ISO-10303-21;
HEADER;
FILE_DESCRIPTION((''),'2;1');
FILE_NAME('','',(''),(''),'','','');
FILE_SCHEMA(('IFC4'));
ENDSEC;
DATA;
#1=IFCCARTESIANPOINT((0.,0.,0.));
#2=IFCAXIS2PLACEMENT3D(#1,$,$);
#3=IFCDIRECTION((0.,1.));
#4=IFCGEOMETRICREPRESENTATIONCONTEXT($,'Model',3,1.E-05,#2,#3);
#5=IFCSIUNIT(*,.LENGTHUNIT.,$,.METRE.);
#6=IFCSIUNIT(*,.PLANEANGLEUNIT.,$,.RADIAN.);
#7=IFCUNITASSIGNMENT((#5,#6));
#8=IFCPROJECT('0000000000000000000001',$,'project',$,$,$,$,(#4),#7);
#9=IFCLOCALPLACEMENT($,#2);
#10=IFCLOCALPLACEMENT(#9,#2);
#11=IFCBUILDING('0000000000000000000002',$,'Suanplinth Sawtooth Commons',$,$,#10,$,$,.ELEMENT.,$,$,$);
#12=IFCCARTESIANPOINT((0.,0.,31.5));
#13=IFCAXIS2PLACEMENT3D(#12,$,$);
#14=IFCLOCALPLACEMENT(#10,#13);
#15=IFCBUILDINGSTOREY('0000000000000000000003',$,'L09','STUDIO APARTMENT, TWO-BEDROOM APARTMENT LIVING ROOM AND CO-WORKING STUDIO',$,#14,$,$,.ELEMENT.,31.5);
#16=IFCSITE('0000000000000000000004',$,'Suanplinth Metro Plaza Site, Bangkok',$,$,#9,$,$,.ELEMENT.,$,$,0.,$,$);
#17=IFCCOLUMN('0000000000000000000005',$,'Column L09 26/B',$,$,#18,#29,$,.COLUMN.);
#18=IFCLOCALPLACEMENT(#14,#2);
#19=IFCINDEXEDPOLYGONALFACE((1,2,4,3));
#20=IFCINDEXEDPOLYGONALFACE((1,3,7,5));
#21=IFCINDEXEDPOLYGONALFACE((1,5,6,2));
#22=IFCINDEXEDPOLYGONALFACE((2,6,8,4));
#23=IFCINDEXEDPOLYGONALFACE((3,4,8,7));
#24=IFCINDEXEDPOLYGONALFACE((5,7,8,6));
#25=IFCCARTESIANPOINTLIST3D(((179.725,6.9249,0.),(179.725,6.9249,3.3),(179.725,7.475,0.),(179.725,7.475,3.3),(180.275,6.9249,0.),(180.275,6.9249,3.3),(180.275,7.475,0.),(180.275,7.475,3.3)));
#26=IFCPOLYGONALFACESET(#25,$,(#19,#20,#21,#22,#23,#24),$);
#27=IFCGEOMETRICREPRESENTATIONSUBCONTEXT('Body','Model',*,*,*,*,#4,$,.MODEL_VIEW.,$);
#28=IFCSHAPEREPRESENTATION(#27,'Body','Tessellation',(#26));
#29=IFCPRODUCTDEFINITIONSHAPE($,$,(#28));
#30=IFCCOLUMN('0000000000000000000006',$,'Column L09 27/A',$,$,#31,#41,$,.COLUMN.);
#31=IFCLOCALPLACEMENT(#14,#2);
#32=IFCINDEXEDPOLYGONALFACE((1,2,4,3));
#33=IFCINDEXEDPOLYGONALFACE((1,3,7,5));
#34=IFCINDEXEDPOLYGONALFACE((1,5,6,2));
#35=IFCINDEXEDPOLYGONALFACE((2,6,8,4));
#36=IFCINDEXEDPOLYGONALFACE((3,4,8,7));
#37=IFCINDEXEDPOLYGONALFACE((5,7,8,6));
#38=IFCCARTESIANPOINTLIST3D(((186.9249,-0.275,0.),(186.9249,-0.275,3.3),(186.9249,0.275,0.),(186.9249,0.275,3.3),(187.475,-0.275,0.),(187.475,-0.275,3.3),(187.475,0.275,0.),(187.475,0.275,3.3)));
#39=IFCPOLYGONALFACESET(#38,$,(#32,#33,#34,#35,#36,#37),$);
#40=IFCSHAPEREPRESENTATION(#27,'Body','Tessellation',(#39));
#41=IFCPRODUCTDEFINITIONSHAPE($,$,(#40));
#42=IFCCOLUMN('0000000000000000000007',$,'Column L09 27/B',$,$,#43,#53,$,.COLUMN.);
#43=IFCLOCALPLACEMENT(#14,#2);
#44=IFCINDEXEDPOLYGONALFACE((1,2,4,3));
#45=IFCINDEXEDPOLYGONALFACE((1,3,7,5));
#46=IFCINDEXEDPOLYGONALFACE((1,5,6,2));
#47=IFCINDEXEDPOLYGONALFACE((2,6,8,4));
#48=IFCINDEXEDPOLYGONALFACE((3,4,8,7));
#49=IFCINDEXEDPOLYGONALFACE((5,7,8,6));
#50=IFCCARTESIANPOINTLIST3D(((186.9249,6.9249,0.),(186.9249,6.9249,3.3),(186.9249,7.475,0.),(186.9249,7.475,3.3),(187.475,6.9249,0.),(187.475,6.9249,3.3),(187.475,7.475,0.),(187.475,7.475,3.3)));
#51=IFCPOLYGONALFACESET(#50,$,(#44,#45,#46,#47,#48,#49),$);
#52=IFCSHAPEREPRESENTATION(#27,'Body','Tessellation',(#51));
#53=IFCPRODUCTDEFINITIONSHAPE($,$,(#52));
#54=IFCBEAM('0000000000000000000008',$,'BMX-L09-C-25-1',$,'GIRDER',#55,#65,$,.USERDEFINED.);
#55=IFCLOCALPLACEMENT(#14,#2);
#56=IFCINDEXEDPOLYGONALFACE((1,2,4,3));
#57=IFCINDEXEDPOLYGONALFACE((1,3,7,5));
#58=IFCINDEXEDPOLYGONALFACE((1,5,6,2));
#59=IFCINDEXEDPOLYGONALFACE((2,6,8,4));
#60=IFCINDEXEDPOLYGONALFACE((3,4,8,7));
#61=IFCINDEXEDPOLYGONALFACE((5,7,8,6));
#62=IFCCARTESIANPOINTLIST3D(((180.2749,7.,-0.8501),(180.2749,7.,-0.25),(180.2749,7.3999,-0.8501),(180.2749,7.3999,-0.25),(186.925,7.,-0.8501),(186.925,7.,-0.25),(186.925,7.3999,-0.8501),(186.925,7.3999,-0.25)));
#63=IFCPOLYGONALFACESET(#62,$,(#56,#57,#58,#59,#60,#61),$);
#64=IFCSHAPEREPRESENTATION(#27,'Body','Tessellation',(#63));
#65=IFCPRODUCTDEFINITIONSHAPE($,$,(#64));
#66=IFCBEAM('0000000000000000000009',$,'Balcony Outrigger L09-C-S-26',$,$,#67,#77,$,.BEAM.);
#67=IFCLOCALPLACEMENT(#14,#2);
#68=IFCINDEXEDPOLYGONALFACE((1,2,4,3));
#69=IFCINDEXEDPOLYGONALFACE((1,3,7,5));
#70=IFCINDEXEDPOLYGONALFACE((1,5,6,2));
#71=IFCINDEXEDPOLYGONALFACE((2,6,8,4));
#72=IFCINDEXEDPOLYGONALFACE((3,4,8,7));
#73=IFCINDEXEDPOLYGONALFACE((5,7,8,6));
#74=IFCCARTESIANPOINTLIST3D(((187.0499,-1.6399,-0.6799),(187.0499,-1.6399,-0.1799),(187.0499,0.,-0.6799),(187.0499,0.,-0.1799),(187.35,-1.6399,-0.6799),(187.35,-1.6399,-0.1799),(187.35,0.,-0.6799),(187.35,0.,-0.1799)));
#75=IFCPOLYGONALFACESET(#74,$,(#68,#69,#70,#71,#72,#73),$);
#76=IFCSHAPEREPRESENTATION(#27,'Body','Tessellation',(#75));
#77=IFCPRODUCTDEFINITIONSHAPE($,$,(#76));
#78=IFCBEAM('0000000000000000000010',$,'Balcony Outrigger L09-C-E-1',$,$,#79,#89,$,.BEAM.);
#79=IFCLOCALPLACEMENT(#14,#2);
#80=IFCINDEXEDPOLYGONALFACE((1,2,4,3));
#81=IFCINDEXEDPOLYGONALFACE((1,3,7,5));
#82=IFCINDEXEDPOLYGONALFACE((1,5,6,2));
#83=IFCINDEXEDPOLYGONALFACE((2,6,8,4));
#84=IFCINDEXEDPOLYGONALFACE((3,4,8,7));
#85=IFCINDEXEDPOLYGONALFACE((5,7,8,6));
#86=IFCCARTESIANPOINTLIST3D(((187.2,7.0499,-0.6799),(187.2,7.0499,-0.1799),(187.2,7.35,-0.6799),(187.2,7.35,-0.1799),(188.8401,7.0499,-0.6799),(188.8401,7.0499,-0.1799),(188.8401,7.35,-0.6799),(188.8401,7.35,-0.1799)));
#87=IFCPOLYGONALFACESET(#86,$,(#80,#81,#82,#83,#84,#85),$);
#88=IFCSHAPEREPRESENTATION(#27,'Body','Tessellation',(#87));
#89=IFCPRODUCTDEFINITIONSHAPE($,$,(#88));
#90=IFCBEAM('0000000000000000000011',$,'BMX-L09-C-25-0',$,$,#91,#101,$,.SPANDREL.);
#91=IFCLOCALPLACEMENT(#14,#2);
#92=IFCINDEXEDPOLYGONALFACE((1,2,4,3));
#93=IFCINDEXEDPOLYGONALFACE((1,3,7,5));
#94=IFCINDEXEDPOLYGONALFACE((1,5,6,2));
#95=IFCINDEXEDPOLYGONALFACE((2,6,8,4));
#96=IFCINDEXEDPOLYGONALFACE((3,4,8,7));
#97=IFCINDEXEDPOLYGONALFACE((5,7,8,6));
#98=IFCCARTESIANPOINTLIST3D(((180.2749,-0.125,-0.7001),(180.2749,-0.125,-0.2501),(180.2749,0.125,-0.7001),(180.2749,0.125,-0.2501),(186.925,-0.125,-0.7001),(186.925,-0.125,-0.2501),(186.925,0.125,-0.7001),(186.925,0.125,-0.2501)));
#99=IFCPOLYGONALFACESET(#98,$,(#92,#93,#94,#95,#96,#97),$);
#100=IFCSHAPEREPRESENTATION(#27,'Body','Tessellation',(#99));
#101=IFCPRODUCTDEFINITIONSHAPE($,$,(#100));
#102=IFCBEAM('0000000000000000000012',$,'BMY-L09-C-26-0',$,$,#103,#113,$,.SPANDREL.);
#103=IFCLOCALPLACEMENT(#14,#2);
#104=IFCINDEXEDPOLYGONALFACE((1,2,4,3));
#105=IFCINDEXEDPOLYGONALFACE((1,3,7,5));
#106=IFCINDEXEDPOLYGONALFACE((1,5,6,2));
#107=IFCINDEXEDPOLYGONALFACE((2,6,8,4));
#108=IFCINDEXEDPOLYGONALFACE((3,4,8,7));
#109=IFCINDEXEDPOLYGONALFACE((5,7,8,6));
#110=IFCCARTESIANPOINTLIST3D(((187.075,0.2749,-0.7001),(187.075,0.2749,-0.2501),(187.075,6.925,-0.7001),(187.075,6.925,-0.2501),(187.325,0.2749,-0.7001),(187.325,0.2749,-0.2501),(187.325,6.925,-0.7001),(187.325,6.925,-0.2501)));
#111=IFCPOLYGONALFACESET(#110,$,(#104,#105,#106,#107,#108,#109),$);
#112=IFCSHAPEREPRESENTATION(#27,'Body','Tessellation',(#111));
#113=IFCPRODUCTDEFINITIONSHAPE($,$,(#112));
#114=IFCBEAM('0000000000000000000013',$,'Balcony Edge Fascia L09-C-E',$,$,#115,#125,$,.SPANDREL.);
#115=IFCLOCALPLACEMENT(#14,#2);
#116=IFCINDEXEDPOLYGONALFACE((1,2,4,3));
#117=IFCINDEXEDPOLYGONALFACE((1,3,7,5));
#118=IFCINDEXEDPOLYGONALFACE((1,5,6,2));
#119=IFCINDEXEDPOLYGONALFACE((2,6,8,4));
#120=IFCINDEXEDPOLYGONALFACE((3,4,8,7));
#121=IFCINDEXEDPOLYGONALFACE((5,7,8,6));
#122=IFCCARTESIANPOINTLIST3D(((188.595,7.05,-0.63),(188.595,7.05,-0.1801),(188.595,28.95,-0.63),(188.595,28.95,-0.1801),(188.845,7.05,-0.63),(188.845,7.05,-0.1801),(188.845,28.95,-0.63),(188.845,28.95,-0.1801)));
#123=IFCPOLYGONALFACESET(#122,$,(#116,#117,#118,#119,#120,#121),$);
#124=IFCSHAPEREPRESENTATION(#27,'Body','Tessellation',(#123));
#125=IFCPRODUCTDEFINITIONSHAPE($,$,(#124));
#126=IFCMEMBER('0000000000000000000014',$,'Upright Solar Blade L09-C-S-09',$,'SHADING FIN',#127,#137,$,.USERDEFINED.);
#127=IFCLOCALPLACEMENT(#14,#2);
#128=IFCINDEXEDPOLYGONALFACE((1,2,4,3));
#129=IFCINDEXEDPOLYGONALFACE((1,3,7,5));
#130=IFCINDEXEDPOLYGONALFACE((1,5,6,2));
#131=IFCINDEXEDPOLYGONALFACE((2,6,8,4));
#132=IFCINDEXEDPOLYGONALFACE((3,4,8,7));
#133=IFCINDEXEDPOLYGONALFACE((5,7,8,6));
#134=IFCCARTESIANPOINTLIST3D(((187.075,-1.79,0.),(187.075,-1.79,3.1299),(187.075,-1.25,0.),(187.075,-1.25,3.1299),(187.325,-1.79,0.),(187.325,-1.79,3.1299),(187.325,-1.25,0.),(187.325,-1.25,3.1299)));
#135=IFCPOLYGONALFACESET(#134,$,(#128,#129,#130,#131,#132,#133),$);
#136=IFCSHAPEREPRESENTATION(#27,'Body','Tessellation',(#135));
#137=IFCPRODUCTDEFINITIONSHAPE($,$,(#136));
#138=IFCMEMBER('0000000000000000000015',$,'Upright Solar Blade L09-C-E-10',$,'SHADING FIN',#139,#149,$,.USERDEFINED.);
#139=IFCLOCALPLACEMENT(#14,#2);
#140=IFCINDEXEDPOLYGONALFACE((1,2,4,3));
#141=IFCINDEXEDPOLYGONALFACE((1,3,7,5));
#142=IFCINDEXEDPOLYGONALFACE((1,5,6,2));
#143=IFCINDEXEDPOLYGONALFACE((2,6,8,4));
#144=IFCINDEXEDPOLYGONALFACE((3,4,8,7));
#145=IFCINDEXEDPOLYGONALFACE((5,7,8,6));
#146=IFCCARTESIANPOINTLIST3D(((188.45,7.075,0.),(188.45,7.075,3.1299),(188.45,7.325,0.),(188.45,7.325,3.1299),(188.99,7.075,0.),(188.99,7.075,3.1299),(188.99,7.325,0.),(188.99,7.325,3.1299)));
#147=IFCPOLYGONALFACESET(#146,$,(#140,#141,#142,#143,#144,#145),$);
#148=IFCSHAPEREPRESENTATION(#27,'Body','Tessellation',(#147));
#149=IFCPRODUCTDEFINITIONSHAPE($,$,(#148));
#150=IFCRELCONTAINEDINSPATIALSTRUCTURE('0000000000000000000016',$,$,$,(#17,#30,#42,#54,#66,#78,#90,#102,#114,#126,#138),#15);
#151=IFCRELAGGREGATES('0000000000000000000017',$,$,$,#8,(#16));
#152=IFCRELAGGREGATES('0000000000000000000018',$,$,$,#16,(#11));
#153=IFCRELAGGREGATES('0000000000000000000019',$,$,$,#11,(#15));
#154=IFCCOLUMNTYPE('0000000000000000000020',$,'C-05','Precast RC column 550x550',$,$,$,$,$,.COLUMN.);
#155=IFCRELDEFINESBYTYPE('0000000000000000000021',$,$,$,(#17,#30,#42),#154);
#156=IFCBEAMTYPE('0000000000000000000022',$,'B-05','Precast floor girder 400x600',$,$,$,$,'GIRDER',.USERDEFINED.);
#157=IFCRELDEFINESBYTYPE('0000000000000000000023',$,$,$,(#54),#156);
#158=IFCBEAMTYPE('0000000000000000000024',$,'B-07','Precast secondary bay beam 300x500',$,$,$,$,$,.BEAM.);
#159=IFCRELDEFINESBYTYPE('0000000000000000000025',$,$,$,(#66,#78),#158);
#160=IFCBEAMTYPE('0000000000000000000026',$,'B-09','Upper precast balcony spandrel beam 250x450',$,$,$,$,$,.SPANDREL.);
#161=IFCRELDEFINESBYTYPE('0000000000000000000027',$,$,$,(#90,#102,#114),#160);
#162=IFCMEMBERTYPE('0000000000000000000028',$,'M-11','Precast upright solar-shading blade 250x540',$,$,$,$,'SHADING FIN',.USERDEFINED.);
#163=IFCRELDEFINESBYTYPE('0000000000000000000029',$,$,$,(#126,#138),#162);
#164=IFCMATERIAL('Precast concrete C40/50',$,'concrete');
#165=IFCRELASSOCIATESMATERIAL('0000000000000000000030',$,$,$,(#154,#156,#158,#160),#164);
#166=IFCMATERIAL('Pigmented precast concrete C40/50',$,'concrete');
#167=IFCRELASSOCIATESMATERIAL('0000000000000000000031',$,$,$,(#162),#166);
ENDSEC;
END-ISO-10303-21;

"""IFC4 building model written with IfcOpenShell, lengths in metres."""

from ifc_helpers import new_model, si_unit, direction, frame, origin, origin_2d, place, context, subcontext, project, spatial, rectangle, extrude, material, material_profile, profile_set, type_object, element, save


model = new_model("IFC4")

# Units and contexts
model_context = context("Model", 3, precision=1e-05, world=origin(), true_north=direction((0.0, 1.0)))
body_context = subcontext(model_context, "Body", "Model", "MODEL_VIEW")
ifc_project = project(units=[si_unit("LENGTHUNIT", "METRE"), si_unit("PLANEANGLEUNIT", "RADIAN")], contexts=[model_context])

# Site, building, storey
site_placement = place(None, origin())
site = spatial("IfcSite", under=ifc_project, at=site_placement, Name="Suanplinth Metro Plaza Site, Bangkok", CompositionType="ELEMENT", RefElevation=0.0)
building_placement = place(site_placement, origin())
building = spatial("IfcBuilding", under=site, at=building_placement, Name="Suanplinth Sawtooth Commons", CompositionType="ELEMENT")
storey_placement = place(building_placement, frame((0.0, 0.0, 31.5)))
storey = spatial("IfcBuildingStorey", under=building, at=storey_placement, Name="L09", Description="STUDIO APARTMENT, TWO-BEDROOM APARTMENT LIVING ROOM AND CO-WORKING STUDIO", CompositionType="ELEMENT", Elevation=31.5)

# Columns
ifc_material_1 = material(Name="Precast concrete C40/50", Category="concrete")
ifc_material_profile_1 = material_profile(ifc_material_1, rectangle(XDim=0.55, YDim=0.55, at=origin_2d()), Name="PC-COL 550x550")
ifc_profile_set_1 = profile_set([ifc_material_profile_1], Name="Precast concrete C40/50")
column_type = type_object("IfcColumnType", Name="C-05", Description="Precast RC column 550x550", PredefinedType="COLUMN", material=ifc_profile_set_1)
for number, where, z_axis, x_axis, name in (
    (1, (180.0, 7.2, 0.0), (0.0, 0.0, 1.0), (1.0, 0.0, 0.0), "Column L09 26/B"),
    (2, (187.2, 0.0, 0.0), (0.0, 0.0, 1.0), (1.0, 0.0, 0.0), "Column L09 27/A"),
    (3, (187.2, 7.2, 0.0), (0.0, 0.0, 1.0), (1.0, 0.0, 0.0), "Column L09 27/B"),
):
    element("IfcColumn", number, at=place(storey_placement, frame(where, z_axis=z_axis, x_axis=x_axis)), inside=storey, type_object=column_type, Name=name, PredefinedType="COLUMN", context=body_context, shape_type="SweptSolid", body=[
        extrude(rectangle(XDim=0.55, YDim=0.55, at=origin_2d()), origin(), (0.0, 0.0, 1.0), 3.3),
    ])

# Beams
ifc_material_profile_2 = material_profile(ifc_material_1, rectangle(XDim=0.3999, YDim=0.6001, at=origin_2d()), Name="PC-GDR 400x600")
ifc_profile_set_2 = profile_set([ifc_material_profile_2], Name="Precast concrete C40/50")
beam_type_1 = type_object("IfcBeamType", Name="B-05", Description="Precast floor girder 400x600", ElementType="GIRDER", PredefinedType="USERDEFINED", material=ifc_profile_set_2)
beam_1_placement = place(storey_placement, frame((180.2749, 7.2, -0.55), z_axis=(1.0, 0.0, 0.0), x_axis=(0.0, 1.0, 0.0)))
element("IfcBeam", 4, at=beam_1_placement, inside=storey, type_object=beam_type_1, Name="BMX-L09-C-25-1", ObjectType="GIRDER", PredefinedType="USERDEFINED", context=body_context, shape_type="SweptSolid", body=[
    extrude(rectangle(XDim=0.3999, YDim=0.6001, at=origin_2d()), origin(), (0.0, 0.0, 1.0), 6.6501),
])
ifc_material_profile_3 = material_profile(ifc_material_1, rectangle(XDim=0.3, YDim=0.5, at=origin_2d()), Name="PC-BM 300x500")
ifc_profile_set_3 = profile_set([ifc_material_profile_3], Name="Precast concrete C40/50")
beam_type_2 = type_object("IfcBeamType", Name="B-07", Description="Precast secondary bay beam 300x500", PredefinedType="BEAM", material=ifc_profile_set_3)
beam_2_placement = place(storey_placement, frame((187.2, 0.0, -0.4299), z_axis=(0.0, -1.0, 0.0), x_axis=(1.0, 0.0, 0.0)))
element("IfcBeam", 5, at=beam_2_placement, inside=storey, type_object=beam_type_2, Name="Balcony Outrigger L09-C-S-26", PredefinedType="BEAM", context=body_context, shape_type="SweptSolid", body=[
    extrude(rectangle(XDim=0.3, YDim=0.5, at=origin_2d()), origin(), (0.0, 0.0, 1.0), 1.6399),
])
beam_3_placement = place(storey_placement, frame((187.2, 7.2, -0.4299), z_axis=(1.0, 0.0, 0.0), x_axis=(0.0, 1.0, 0.0)))
element("IfcBeam", 6, at=beam_3_placement, inside=storey, type_object=beam_type_2, Name="Balcony Outrigger L09-C-E-1", PredefinedType="BEAM", context=body_context, shape_type="SweptSolid", body=[
    extrude(rectangle(XDim=0.3, YDim=0.5, at=origin_2d()), origin(), (0.0, 0.0, 1.0), 1.6401),
])
ifc_material_profile_4 = material_profile(ifc_material_1, rectangle(XDim=0.25, YDim=0.45, at=origin_2d()), Name="PC-SP 250x450")
ifc_profile_set_4 = profile_set([ifc_material_profile_4], Name="Precast concrete C40/50")
beam_type_3 = type_object("IfcBeamType", Name="B-09", Description="Upper precast balcony spandrel beam 250x450", PredefinedType="SPANDREL", material=ifc_profile_set_4)
for number, where, z_axis, x_axis, name in (
    (7, (180.2749, 0.0, -0.4751), (1.0, 0.0, 0.0), (0.0, 1.0, 0.0), "BMX-L09-C-25-0"),
    (8, (187.2, 0.2749, -0.4751), (0.0, 1.0, 0.0), (-1.0, 0.0, 0.0), "BMY-L09-C-26-0"),
):
    element("IfcBeam", number, at=place(storey_placement, frame(where, z_axis=z_axis, x_axis=x_axis)), inside=storey, type_object=beam_type_3, Name=name, PredefinedType="SPANDREL", context=body_context, shape_type="SweptSolid", body=[
        extrude(rectangle(XDim=0.25, YDim=0.45, at=origin_2d()), origin(), (0.0, 0.0, 1.0), 6.6501),
    ])
beam_4_placement = place(storey_placement, frame((188.72, 7.05, -0.405), z_axis=(0.0, 1.0, 0.0), x_axis=(-1.0, 0.0, 0.0)))
element("IfcBeam", 9, at=beam_4_placement, inside=storey, type_object=beam_type_3, Name="Balcony Edge Fascia L09-C-E", PredefinedType="SPANDREL", context=body_context, shape_type="SweptSolid", body=[
    extrude(rectangle(XDim=0.25, YDim=0.45, at=origin_2d()), origin(), (0.0, 0.0, 1.0), 21.8999),
])

# Members
ifc_material_2 = material(Name="Pigmented precast concrete C40/50", Category="concrete")
ifc_material_profile_5 = material_profile(ifc_material_2, rectangle(XDim=0.25, YDim=0.54, at=origin_2d()), Name="PC-FIN 250x540")
ifc_profile_set_5 = profile_set([ifc_material_profile_5], Name="Pigmented precast concrete C40/50")
member_type = type_object("IfcMemberType", Name="M-11", Description="Precast upright solar-shading blade 250x540", ElementType="SHADING FIN", PredefinedType="USERDEFINED", material=ifc_profile_set_5)
for number, where, z_axis, x_axis, name in (
    (10, (187.2, -1.52, 0.0), (0.0, 0.0, 1.0), (1.0, 0.0, 0.0), "Upright Solar Blade L09-C-S-09"),
    (11, (188.72, 7.2, 0.0), (0.0, 0.0, 1.0), (0.0, 1.0, 0.0), "Upright Solar Blade L09-C-E-10"),
):
    element("IfcMember", number, at=place(storey_placement, frame(where, z_axis=z_axis, x_axis=x_axis)), inside=storey, type_object=member_type, Name=name, ObjectType="SHADING FIN", PredefinedType="USERDEFINED", context=body_context, shape_type="SweptSolid", body=[
        extrude(rectangle(XDim=0.25, YDim=0.54, at=origin_2d()), origin(), (0.0, 0.0, 1.0), 3.1299),
    ])

save(model, "model.ifc")
